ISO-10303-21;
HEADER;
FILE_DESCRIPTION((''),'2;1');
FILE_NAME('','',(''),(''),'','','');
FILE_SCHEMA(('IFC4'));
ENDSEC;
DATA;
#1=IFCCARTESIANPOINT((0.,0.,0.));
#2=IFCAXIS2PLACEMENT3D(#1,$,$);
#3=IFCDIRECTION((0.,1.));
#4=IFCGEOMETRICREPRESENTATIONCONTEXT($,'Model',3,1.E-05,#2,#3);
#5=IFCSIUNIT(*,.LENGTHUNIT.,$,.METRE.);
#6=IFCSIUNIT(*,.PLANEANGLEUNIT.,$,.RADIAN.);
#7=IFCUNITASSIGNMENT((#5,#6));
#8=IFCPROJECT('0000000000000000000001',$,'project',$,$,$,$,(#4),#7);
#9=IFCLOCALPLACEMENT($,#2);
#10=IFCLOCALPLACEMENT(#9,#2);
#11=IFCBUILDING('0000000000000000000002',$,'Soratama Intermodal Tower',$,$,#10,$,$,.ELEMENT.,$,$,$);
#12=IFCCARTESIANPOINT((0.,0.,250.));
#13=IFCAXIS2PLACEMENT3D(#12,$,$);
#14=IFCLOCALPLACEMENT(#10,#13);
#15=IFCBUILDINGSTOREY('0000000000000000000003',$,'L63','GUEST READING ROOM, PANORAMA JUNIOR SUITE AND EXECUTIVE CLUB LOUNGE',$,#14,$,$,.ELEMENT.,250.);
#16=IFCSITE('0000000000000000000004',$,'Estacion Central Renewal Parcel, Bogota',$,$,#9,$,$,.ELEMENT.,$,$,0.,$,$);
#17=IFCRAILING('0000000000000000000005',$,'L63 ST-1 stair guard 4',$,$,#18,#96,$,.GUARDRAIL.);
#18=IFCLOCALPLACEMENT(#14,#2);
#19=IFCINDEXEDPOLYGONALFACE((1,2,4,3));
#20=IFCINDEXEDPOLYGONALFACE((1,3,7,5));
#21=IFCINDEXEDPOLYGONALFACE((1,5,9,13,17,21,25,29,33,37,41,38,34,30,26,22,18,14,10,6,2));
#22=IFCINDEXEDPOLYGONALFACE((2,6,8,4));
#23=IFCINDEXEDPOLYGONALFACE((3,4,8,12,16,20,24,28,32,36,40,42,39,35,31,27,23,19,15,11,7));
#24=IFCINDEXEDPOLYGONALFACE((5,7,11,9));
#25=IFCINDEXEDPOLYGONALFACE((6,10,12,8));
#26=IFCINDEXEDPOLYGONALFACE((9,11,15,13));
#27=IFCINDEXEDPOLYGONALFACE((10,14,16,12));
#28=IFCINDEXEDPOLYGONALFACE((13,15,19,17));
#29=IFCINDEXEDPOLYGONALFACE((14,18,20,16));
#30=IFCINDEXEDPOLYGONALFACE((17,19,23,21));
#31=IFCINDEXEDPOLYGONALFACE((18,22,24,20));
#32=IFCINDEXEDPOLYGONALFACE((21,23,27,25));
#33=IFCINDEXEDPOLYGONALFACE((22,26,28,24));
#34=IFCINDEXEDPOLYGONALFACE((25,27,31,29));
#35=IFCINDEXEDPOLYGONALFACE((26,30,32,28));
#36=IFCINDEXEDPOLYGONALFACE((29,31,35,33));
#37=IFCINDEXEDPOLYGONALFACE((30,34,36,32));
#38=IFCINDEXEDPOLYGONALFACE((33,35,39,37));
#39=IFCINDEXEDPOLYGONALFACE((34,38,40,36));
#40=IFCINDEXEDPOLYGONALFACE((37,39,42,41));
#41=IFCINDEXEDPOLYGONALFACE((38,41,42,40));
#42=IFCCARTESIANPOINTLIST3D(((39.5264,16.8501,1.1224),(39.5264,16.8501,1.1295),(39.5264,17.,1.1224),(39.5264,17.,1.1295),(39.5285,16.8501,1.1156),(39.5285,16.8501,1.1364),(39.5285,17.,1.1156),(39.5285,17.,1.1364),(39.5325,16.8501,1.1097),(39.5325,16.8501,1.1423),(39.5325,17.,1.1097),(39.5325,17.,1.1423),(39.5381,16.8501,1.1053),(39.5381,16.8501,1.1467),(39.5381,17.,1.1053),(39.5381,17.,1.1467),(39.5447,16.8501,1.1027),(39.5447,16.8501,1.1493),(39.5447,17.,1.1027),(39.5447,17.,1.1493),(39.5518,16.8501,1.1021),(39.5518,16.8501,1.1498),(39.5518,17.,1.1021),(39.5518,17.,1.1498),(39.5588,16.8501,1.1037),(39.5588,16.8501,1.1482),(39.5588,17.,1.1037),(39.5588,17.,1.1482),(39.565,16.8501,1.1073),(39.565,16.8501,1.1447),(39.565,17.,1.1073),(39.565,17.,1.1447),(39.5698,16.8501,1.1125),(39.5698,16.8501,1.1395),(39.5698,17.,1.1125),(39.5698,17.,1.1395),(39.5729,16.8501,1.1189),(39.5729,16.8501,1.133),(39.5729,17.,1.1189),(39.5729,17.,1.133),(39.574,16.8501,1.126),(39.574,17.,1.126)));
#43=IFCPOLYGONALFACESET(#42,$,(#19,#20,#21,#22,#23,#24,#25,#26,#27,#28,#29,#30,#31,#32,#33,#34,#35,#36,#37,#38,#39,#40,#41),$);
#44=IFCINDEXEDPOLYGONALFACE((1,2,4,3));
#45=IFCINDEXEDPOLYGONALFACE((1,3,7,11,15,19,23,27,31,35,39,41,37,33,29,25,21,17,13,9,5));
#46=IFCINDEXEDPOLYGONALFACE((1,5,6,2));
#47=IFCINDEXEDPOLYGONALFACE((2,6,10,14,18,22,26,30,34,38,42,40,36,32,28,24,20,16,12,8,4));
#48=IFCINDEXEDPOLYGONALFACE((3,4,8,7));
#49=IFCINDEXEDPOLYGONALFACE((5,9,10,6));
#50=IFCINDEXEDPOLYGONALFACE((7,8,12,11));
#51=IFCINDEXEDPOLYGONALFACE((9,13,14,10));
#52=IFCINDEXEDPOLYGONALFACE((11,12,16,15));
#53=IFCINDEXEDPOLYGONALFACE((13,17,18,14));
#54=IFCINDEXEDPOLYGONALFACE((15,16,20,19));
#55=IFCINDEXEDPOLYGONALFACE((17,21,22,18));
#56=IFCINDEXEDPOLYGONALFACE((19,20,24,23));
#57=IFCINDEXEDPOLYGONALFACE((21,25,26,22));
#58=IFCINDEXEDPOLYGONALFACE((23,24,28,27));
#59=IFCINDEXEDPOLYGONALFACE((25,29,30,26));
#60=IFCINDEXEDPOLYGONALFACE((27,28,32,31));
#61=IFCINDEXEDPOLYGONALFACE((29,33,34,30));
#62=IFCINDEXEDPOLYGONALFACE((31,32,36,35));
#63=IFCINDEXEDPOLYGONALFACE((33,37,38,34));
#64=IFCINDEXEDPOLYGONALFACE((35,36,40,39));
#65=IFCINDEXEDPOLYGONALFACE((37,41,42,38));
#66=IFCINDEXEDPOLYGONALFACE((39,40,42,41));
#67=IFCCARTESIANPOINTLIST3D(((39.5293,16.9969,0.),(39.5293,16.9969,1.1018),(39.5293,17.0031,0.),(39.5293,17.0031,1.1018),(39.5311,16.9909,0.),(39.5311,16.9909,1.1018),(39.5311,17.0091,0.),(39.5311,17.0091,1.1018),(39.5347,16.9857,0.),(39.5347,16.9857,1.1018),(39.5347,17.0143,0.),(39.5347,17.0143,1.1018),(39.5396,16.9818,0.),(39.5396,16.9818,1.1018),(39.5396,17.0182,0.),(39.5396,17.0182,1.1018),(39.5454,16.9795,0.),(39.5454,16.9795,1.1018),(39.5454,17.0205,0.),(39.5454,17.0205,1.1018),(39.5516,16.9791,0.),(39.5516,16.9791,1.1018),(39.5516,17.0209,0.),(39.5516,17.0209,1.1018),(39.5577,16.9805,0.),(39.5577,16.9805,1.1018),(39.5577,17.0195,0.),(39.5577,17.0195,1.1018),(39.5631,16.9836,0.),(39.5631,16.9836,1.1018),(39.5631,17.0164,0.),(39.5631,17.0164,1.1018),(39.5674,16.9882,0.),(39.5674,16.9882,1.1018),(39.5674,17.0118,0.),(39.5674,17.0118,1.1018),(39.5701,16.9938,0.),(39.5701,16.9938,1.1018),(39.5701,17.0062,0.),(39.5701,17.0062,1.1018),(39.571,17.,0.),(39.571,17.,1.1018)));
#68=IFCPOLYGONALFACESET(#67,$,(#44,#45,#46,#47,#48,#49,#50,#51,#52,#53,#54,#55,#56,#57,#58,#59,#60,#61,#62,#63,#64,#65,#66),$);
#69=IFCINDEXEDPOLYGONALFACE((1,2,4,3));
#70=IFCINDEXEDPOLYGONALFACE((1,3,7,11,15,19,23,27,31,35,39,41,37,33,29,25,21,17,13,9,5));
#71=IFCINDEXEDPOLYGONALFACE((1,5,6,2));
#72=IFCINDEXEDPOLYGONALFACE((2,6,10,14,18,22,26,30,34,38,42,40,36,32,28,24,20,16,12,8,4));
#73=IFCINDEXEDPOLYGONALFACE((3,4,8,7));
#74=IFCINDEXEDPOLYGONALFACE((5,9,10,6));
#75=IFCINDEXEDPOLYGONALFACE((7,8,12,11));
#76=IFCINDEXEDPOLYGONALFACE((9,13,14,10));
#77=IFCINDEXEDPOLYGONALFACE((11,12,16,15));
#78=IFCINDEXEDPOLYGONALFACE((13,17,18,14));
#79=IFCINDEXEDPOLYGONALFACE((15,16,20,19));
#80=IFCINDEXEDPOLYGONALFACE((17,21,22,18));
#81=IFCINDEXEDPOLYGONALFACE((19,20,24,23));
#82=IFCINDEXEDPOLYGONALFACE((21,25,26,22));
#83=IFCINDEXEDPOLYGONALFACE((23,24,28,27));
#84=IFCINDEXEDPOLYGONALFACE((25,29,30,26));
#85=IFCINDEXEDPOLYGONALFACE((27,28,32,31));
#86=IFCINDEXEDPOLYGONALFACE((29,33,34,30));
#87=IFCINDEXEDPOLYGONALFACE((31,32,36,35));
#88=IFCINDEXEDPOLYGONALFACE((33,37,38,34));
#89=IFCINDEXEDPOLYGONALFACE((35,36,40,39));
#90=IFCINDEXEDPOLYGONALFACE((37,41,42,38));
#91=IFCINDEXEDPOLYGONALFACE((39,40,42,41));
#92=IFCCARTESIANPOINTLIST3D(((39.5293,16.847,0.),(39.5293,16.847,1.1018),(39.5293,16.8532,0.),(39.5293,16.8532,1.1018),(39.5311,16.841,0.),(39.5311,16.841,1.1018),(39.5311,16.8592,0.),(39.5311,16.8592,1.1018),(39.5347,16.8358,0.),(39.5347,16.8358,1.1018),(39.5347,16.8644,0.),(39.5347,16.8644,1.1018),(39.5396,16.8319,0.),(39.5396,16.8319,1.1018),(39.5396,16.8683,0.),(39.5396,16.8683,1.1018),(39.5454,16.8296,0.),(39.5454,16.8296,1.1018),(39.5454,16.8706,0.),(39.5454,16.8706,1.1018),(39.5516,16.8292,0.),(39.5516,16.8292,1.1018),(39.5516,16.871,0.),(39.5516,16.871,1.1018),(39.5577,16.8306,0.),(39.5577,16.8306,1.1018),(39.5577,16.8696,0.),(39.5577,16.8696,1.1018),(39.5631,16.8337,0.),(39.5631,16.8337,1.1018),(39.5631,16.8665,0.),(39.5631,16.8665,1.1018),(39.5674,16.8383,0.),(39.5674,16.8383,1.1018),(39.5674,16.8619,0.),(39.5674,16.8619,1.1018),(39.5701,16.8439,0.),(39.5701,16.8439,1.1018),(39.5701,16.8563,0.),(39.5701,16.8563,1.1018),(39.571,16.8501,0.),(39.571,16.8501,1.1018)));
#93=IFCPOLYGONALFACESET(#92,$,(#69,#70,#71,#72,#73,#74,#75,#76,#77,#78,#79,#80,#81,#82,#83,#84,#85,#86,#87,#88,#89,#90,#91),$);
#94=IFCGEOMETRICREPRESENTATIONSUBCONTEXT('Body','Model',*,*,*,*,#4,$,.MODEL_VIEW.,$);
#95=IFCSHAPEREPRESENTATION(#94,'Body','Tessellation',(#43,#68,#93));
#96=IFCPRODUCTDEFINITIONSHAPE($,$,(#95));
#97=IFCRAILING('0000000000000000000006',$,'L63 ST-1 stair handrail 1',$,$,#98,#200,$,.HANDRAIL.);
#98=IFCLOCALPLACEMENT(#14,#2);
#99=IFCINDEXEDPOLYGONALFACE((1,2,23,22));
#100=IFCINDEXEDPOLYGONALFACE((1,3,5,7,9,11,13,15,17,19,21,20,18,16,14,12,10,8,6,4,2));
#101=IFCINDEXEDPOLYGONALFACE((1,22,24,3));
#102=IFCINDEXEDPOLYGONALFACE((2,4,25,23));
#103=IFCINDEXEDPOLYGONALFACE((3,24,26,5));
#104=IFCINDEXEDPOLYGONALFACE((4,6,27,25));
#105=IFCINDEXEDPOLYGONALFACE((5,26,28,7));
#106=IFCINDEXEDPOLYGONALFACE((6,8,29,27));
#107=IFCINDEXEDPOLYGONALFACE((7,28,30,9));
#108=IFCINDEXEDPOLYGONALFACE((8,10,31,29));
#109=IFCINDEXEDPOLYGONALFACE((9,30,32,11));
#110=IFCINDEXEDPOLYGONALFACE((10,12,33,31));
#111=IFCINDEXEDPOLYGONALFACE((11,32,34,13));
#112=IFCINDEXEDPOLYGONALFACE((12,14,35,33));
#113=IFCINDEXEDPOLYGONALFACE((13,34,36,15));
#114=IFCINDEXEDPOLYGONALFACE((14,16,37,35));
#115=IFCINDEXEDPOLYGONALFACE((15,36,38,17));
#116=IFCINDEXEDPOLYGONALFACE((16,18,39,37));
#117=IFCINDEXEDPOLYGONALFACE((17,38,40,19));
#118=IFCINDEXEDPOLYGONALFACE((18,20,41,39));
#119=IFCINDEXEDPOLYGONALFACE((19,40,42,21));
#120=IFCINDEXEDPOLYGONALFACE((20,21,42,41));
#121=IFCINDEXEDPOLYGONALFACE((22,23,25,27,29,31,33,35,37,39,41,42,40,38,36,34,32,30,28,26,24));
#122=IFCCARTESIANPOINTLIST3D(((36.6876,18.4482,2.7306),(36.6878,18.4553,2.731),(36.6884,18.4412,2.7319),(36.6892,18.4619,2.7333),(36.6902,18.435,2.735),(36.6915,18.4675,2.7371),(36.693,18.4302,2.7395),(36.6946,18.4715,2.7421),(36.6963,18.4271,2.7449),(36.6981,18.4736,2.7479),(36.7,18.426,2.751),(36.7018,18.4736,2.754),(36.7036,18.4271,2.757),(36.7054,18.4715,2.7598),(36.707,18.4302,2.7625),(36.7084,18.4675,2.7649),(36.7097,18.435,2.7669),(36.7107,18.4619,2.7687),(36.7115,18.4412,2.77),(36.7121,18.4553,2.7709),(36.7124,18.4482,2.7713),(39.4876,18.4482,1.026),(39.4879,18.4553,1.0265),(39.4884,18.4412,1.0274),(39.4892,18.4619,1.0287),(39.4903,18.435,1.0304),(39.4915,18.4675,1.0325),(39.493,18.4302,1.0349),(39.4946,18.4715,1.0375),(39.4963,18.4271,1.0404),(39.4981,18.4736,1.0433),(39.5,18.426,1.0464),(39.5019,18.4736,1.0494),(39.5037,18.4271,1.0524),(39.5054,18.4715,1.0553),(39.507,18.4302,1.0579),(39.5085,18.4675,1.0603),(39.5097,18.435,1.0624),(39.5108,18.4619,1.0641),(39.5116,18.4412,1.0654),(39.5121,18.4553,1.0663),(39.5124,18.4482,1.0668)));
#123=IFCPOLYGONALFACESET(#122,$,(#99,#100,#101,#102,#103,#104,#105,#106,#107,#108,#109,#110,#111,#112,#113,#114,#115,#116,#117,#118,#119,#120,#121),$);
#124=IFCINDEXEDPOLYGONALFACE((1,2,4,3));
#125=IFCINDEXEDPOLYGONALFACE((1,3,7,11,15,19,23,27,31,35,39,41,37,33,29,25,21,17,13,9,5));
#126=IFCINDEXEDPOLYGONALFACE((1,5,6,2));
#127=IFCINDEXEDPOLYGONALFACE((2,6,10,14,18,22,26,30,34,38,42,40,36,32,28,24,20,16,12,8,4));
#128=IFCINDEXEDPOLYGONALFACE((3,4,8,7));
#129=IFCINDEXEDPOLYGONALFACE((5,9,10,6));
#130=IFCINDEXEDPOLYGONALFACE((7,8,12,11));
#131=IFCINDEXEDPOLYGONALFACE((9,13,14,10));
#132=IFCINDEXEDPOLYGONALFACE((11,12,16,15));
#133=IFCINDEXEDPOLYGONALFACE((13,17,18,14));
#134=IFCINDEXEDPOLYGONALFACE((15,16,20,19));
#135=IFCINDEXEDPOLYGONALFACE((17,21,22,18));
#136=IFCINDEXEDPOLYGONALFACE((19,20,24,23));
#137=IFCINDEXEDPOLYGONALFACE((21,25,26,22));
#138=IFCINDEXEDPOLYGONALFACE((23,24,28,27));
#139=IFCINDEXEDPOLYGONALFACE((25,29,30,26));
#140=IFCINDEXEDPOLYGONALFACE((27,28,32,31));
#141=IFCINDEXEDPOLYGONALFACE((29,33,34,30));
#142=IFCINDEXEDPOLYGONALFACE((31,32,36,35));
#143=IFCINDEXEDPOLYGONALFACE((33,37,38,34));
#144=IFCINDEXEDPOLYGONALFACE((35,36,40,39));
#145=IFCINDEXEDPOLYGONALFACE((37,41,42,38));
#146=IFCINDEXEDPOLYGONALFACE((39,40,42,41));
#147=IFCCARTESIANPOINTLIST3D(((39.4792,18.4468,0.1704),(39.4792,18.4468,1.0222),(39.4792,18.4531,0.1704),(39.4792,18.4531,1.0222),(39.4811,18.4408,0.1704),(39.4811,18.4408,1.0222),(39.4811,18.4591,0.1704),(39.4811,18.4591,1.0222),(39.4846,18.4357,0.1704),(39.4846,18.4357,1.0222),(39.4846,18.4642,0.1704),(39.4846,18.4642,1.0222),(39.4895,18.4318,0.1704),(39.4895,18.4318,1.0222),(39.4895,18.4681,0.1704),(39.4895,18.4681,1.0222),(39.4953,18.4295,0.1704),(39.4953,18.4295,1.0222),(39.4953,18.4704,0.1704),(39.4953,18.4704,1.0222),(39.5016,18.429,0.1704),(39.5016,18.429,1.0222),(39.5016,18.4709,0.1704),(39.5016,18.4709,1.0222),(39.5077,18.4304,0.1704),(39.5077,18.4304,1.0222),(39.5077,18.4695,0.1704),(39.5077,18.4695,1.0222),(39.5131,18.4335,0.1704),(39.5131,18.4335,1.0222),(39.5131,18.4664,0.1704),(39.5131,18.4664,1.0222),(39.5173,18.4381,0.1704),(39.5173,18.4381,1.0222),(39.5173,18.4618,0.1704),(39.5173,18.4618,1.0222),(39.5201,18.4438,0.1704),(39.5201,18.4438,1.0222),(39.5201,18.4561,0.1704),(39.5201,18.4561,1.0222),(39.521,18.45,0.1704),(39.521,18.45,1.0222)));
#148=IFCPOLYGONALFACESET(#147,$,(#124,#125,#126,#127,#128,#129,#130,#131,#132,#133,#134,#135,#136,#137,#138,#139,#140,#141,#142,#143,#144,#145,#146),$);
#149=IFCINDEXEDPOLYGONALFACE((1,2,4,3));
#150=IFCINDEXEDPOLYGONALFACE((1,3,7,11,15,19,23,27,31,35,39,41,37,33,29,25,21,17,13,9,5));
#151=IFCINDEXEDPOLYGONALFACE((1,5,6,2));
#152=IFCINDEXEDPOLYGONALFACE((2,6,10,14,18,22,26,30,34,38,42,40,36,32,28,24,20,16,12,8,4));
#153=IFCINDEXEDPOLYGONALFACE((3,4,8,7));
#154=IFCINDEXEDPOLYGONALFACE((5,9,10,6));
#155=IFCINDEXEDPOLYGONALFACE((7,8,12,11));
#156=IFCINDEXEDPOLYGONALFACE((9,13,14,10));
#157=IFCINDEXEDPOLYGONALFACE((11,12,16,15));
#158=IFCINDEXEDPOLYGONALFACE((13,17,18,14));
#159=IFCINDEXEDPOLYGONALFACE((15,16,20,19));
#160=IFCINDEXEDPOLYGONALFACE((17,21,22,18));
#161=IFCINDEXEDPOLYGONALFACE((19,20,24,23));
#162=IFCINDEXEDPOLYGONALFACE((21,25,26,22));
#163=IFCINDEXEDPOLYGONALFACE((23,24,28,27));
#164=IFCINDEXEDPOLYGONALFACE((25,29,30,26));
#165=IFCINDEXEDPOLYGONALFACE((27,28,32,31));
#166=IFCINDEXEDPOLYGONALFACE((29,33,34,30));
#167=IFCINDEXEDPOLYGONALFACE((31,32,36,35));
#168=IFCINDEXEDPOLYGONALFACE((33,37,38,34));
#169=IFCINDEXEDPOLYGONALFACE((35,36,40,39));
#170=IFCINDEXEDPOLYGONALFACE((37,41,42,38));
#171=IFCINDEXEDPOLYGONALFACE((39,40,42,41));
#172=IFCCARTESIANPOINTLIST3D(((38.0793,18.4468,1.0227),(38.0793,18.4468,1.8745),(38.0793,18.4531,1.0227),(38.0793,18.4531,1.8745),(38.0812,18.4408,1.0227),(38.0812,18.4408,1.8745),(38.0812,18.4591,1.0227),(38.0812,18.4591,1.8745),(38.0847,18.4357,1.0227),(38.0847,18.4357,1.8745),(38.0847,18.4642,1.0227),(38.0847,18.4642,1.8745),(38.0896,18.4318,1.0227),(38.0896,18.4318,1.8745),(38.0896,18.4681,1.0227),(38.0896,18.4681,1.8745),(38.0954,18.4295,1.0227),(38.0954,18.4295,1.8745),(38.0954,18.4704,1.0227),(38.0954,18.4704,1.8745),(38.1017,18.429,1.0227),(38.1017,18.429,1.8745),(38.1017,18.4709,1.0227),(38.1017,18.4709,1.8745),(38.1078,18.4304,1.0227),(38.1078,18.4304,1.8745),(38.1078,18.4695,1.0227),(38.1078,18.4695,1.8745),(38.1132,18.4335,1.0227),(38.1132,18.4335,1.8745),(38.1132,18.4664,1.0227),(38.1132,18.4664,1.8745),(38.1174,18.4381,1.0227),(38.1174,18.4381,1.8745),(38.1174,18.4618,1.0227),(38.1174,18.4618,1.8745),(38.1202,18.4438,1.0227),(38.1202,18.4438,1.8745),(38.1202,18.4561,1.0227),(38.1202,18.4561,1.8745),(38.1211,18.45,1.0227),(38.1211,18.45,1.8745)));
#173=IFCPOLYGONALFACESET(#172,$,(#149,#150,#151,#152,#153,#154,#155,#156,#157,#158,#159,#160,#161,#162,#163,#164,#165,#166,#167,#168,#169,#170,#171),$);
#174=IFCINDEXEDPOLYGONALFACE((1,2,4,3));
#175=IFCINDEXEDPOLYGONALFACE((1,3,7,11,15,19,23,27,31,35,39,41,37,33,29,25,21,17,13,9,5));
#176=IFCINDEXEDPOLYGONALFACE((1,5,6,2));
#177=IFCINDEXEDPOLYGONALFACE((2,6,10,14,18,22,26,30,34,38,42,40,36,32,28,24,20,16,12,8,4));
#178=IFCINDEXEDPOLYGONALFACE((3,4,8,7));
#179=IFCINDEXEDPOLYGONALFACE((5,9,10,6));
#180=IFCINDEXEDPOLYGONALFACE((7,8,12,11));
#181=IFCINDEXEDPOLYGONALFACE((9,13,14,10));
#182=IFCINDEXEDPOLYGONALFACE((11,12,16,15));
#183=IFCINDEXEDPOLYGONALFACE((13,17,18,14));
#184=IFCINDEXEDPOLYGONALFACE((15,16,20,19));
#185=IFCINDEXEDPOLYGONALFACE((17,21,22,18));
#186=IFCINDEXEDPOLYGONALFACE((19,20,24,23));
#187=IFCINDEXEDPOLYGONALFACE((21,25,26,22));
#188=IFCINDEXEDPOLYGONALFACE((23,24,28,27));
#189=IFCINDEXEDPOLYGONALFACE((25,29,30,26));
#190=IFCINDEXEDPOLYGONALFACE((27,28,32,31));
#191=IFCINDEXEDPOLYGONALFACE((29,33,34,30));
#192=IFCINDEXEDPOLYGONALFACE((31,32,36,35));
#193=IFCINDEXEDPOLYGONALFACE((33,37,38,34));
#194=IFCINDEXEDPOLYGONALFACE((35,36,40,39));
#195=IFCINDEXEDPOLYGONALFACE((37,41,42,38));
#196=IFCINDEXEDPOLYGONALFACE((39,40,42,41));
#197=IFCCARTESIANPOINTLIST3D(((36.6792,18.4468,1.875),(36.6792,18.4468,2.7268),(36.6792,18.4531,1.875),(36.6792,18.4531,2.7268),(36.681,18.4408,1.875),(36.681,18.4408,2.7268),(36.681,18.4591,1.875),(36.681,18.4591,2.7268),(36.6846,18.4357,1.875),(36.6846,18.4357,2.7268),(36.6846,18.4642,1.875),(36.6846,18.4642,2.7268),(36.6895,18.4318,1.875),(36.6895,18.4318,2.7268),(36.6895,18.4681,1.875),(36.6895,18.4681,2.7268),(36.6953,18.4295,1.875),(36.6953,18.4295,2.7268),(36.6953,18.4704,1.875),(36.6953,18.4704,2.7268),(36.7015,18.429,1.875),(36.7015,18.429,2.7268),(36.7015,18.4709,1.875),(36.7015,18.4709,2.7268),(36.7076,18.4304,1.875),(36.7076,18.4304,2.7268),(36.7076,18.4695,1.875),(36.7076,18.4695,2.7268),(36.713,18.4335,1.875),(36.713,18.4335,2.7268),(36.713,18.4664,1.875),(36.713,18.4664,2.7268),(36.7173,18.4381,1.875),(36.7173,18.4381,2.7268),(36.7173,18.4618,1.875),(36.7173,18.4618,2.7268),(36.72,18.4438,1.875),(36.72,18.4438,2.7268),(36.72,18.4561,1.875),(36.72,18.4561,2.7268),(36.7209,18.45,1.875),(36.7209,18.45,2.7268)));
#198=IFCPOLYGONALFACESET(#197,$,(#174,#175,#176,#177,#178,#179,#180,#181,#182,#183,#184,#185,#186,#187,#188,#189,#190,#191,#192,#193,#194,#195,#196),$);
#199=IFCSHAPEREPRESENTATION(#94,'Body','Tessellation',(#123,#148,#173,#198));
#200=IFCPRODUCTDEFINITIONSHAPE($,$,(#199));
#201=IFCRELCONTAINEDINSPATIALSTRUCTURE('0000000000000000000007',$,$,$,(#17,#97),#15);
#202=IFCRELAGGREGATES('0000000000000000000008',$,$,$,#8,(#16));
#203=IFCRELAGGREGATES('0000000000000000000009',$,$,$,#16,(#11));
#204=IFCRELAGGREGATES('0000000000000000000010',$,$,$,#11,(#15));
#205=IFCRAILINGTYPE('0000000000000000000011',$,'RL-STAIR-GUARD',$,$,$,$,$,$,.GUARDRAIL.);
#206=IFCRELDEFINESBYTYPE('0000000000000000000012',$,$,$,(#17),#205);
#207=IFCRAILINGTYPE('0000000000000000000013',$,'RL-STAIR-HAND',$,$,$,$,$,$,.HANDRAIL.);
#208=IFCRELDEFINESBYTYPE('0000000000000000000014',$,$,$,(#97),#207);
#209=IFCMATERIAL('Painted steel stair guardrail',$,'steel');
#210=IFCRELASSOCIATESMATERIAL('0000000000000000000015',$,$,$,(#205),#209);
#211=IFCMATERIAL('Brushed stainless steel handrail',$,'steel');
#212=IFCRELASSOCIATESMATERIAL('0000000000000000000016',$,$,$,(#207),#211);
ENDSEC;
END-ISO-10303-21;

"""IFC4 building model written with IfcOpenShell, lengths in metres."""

from ifc_helpers import new_model, si_unit, direction, frame, origin, origin_2d, place, context, subcontext, project, spatial, circle, extrude, material, type_object, element, save


model = new_model("IFC4")

# Units and contexts
model_context = context("Model", 3, precision=1e-05, world=origin(), true_north=direction((0.0, 1.0)))
body_context = subcontext(model_context, "Body", "Model", "MODEL_VIEW")
ifc_project = project(units=[si_unit("LENGTHUNIT", "METRE"), si_unit("PLANEANGLEUNIT", "RADIAN")], contexts=[model_context])

# Site, building, storey
site_placement = place(None, origin())
site = spatial("IfcSite", under=ifc_project, at=site_placement, Name="Estacion Central Renewal Parcel, Bogota", CompositionType="ELEMENT", RefElevation=0.0)
building_placement = place(site_placement, origin())
building = spatial("IfcBuilding", under=site, at=building_placement, Name="Soratama Intermodal Tower", CompositionType="ELEMENT")
storey_placement = place(building_placement, frame((0.0, 0.0, 250.0)))
storey = spatial("IfcBuildingStorey", under=building, at=storey_placement, Name="L63", Description="GUEST READING ROOM, PANORAMA JUNIOR SUITE AND EXECUTIVE CLUB LOUNGE", CompositionType="ELEMENT", Elevation=250.0)

# Railings
ifc_material_1 = material(Name="Painted steel stair guardrail", Category="steel")
railing_type_1 = type_object("IfcRailingType", Name="RL-STAIR-GUARD", PredefinedType="GUARDRAIL", material=ifc_material_1)
railing_1_placement = place(storey_placement, frame((39.55, 17.0, 0.0)))
element("IfcRailing", 1, at=railing_1_placement, inside=storey, type_object=railing_type_1, Name="L63 ST-1 stair guard 4", PredefinedType="GUARDRAIL", context=body_context, shape_type="SweptSolid", body=[
    extrude(circle(Radius=0.0239, at=origin_2d()), frame((0.0, 0.0, 1.126), z_axis=(0.0, -1.0, 0.0), x_axis=(1.0, 0.0, 0.0)), (0.0, 0.0, 1.0), 0.1499),
    extrude(circle(Radius=0.021, at=origin_2d()), origin(), (0.0, 0.0, 1.0), 1.1018),
    extrude(circle(Radius=0.021, at=origin_2d()), frame((0.0, -0.1499, 0.0)), (0.0, 0.0, 1.0), 1.1018),
])
ifc_material_2 = material(Name="Brushed stainless steel handrail", Category="steel")
railing_type_2 = type_object("IfcRailingType", Name="RL-STAIR-HAND", PredefinedType="HANDRAIL", material=ifc_material_2)
railing_2_placement = place(storey_placement, frame((39.5, 18.45, 0.1704)))
element("IfcRailing", 2, at=railing_2_placement, inside=storey, type_object=railing_type_2, Name="L63 ST-1 stair handrail 1", PredefinedType="HANDRAIL", context=body_context, shape_type="SweptSolid", body=[
    extrude(circle(Radius=0.0239, at=origin_2d()), frame((0.0, 0.0, 0.876), z_axis=(-0.85417, 0.0, 0.519994), x_axis=(0.0, -1.0, 0.0)), (0.0, 0.0, 1.0), 3.2781),
    extrude(circle(Radius=0.021, at=origin_2d()), origin(), (0.0, 0.0, 1.0), 0.8518),
    extrude(circle(Radius=0.021, at=origin_2d()), frame((-1.3999, 0.0, 0.8523)), (0.0, 0.0, 1.0), 0.8518),
    extrude(circle(Radius=0.021, at=origin_2d()), frame((-2.8, 0.0, 1.7046)), (0.0, 0.0, 1.0), 0.8518),
])

save(model, "model.ifc")
